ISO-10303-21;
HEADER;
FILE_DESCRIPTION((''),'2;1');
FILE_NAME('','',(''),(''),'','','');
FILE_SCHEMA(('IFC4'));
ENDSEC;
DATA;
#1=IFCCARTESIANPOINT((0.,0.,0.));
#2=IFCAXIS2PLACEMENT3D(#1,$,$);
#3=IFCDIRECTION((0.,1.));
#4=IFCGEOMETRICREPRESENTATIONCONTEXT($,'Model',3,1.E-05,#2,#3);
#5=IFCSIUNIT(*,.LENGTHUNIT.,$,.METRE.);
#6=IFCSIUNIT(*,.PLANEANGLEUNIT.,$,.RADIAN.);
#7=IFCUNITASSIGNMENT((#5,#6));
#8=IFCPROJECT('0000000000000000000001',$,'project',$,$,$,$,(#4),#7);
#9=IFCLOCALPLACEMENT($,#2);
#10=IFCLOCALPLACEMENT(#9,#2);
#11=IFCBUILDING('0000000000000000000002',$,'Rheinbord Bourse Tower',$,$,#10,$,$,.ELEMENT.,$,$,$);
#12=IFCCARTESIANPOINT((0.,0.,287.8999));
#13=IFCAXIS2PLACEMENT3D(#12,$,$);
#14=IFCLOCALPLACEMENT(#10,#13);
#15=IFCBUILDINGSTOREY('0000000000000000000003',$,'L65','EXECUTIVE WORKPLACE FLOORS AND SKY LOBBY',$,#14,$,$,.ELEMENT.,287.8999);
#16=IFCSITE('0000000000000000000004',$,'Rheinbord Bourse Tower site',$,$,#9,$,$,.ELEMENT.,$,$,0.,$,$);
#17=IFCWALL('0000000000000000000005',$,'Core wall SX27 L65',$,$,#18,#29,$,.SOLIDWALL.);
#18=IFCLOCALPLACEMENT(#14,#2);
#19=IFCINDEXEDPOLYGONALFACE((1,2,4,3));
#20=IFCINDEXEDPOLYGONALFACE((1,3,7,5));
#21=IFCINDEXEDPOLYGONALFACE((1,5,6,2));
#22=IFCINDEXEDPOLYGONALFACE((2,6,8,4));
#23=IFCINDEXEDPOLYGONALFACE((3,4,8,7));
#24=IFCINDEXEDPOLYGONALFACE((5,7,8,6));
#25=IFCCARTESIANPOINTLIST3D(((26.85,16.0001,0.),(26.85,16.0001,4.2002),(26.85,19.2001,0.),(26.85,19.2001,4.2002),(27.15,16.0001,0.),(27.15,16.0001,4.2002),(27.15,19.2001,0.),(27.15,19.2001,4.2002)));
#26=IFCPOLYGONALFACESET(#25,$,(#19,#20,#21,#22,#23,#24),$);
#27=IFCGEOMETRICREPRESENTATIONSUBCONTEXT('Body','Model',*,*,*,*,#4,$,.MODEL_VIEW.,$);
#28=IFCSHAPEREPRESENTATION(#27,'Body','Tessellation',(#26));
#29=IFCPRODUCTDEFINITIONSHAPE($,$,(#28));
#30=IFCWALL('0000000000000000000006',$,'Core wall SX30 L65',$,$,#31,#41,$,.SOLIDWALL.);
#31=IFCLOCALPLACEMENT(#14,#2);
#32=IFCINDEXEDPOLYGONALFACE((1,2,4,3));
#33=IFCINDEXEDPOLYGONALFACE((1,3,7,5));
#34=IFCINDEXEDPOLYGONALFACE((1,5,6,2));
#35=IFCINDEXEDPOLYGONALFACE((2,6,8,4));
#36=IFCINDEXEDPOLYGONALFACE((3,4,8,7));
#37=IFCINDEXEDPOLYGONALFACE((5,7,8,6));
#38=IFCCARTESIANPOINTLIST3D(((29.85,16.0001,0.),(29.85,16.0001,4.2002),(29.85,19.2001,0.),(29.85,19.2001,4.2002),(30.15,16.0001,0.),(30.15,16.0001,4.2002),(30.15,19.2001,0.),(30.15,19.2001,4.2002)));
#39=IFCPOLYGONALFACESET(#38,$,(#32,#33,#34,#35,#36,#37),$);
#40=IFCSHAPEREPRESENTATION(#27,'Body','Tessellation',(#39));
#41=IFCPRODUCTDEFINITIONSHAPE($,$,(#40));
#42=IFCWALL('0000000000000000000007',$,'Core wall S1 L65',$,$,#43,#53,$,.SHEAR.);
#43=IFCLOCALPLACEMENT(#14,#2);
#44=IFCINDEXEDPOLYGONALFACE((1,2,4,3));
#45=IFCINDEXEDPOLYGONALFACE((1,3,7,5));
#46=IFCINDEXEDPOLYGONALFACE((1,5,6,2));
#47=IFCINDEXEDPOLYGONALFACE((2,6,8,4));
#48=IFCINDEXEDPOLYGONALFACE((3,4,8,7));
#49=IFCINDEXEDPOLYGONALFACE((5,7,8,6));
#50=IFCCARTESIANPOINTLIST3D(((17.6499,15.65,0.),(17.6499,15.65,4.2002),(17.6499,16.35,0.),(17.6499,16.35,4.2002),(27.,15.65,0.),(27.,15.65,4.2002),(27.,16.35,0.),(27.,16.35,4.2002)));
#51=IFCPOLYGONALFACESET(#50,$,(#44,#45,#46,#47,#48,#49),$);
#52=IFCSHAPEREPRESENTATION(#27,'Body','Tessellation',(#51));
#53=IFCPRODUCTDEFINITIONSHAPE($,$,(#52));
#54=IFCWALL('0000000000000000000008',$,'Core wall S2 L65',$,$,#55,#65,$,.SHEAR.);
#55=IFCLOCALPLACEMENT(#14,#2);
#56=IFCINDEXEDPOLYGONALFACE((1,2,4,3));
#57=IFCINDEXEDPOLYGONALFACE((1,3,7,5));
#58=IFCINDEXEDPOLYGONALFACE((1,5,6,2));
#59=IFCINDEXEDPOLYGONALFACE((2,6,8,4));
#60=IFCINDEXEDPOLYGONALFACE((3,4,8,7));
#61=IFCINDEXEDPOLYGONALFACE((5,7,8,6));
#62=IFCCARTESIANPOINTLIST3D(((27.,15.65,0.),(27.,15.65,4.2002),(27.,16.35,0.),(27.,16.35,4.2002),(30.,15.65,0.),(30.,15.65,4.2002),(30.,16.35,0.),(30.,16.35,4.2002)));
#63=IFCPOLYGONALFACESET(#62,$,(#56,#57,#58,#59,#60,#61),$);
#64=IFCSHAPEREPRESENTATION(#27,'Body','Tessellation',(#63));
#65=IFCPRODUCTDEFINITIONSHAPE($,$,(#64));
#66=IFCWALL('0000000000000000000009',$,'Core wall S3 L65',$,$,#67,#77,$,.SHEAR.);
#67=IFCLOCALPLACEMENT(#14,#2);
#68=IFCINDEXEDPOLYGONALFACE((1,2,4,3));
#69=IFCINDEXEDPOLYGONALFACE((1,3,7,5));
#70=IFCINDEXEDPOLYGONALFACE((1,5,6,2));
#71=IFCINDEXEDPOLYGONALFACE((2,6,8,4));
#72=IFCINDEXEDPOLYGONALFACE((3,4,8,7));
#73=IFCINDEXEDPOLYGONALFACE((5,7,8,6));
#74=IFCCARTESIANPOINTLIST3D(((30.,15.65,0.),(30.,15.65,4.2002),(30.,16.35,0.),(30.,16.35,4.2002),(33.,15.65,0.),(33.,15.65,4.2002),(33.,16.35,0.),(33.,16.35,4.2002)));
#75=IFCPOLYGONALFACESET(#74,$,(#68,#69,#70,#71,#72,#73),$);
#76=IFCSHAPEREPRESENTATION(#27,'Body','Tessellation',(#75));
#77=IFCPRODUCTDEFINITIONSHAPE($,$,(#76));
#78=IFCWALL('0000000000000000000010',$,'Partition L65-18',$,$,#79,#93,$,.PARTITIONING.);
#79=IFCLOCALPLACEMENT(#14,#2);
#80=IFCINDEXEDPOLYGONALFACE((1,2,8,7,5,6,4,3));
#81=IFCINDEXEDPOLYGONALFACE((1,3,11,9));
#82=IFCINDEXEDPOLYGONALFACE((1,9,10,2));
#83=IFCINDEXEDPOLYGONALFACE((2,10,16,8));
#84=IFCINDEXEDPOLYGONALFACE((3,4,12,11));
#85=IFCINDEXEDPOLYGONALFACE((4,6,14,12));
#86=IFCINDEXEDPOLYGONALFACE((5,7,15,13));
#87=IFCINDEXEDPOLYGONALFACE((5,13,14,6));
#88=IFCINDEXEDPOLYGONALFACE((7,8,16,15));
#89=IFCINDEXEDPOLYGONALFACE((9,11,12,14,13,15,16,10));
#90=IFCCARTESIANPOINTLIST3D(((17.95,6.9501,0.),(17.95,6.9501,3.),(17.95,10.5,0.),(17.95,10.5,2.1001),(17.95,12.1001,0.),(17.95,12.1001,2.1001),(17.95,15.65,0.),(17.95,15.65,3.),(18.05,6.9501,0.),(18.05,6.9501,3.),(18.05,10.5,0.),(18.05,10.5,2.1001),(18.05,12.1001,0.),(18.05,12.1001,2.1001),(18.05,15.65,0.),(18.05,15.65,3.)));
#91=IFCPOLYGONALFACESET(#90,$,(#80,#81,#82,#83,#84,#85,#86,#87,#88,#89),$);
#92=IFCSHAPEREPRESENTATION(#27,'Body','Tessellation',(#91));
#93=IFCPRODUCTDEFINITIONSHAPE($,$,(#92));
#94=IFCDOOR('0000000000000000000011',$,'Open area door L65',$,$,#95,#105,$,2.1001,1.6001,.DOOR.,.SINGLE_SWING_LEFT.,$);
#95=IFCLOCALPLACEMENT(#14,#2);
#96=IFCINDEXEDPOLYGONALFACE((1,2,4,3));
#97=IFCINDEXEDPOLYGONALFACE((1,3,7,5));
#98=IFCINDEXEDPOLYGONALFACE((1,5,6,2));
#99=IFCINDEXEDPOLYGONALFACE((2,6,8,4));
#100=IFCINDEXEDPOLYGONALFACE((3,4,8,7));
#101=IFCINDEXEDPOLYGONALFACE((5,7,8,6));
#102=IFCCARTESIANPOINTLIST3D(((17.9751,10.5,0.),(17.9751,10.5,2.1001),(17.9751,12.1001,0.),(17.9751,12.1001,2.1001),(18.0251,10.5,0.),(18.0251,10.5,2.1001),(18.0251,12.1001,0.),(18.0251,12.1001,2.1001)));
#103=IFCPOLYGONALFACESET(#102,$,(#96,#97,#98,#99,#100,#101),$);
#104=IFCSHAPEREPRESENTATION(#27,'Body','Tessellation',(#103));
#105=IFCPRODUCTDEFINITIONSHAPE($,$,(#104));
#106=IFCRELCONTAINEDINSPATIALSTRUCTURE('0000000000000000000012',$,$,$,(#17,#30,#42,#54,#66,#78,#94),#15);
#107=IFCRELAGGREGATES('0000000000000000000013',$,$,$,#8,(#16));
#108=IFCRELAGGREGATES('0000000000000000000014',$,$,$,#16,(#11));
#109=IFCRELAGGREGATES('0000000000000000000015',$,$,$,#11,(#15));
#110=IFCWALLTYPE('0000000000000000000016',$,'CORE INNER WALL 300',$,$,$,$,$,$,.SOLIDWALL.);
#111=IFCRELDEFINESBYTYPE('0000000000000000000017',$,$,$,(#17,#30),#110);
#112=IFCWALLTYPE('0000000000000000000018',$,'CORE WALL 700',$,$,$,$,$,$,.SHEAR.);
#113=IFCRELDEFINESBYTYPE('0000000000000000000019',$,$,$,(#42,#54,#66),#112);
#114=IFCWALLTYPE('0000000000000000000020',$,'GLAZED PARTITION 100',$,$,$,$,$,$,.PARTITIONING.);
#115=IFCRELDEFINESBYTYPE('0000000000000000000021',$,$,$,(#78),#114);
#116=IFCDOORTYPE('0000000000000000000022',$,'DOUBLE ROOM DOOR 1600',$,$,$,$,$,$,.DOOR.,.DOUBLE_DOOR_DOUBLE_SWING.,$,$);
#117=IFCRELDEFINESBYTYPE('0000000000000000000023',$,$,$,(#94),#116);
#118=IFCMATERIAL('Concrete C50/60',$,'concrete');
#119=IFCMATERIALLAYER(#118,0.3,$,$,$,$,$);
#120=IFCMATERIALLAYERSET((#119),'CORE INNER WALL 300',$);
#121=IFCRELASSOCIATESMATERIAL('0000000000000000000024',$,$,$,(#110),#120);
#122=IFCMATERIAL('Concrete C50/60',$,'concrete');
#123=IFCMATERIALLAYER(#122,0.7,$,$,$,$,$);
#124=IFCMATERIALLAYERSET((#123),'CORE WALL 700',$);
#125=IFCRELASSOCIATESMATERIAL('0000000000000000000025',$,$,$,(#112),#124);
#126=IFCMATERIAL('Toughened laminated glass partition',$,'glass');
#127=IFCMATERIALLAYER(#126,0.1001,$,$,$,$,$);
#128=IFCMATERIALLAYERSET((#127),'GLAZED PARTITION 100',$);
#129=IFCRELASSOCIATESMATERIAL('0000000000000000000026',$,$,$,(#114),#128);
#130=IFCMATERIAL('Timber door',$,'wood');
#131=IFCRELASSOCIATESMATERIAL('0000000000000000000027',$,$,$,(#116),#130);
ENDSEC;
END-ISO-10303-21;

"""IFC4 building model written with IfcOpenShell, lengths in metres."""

from ifc_helpers import new_model, si_unit, direction, frame, frame_2d, origin, place, context, subcontext, project, spatial, rectangle, extrude, material, layer, layer_set, type_object, element, fill, save


model = new_model("IFC4")

# Units and contexts
model_context = context("Model", 3, precision=1e-05, world=origin(), true_north=direction((0.0, 1.0)))
body_context = subcontext(model_context, "Body", "Model", "MODEL_VIEW")
ifc_project = project(units=[si_unit("LENGTHUNIT", "METRE"), si_unit("PLANEANGLEUNIT", "RADIAN")], contexts=[model_context])

# Site, building, storey
site_placement = place(None, origin())
site = spatial("IfcSite", under=ifc_project, at=site_placement, Name="Rheinbord Bourse Tower site", CompositionType="ELEMENT", RefElevation=0.0)
building_placement = place(site_placement, origin())
building = spatial("IfcBuilding", under=site, at=building_placement, Name="Rheinbord Bourse Tower", CompositionType="ELEMENT")
storey_placement = place(building_placement, frame((0.0, 0.0, 287.8999)))
storey = spatial("IfcBuildingStorey", under=building, at=storey_placement, Name="L65", Description="EXECUTIVE WORKPLACE FLOORS AND SKY LOBBY", CompositionType="ELEMENT", Elevation=287.8999)

# Walls
ifc_material_1 = material(Name="Concrete C50/60", Category="concrete")
ifc_layer_1 = layer(ifc_material_1, 0.3)
ifc_layer_set_1 = layer_set([ifc_layer_1], Name="CORE INNER WALL 300")
wall_type_1 = type_object("IfcWallType", Name="CORE INNER WALL 300", PredefinedType="SOLIDWALL", material=ifc_layer_set_1)
for number, where, z_axis, x_axis, name in (
    (1, (27.0, 16.0, 0.0), (0.0, 0.0, 1.0), (0.0, 1.0, 0.0), "Core wall SX27 L65"),
    (2, (30.0, 16.0, 0.0), (0.0, 0.0, 1.0), (0.0, 1.0, 0.0), "Core wall SX30 L65"),
):
    element("IfcWall", number, at=place(storey_placement, frame(where, z_axis=z_axis, x_axis=x_axis)), inside=storey, type_object=wall_type_1, Name=name, PredefinedType="SOLIDWALL", context=body_context, shape_type="SweptSolid", body=[
        extrude(rectangle(XDim=3.2, YDim=0.3, at=frame_2d((1.6001, 0.0))), origin(), (0.0, 0.0, 1.0), 4.2002),
    ])
ifc_material_2 = material(Name="Concrete C50/60", Category="concrete")
ifc_layer_2 = layer(ifc_material_2, 0.7)
ifc_layer_set_2 = layer_set([ifc_layer_2], Name="CORE WALL 700")
wall_type_2 = type_object("IfcWallType", Name="CORE WALL 700", PredefinedType="SHEAR", material=ifc_layer_set_2)
wall_1_placement = place(storey_placement, frame((17.6499, 16.0, 0.0), z_axis=(0.0, 0.0, 1.0), x_axis=(1.0, 0.0, 0.0)))
element("IfcWall", 3, at=wall_1_placement, inside=storey, type_object=wall_type_2, Name="Core wall S1 L65", PredefinedType="SHEAR", context=body_context, shape_type="SweptSolid", body=[
    extrude(rectangle(XDim=9.3501, YDim=0.7, at=frame_2d((4.675, 0.0))), origin(), (0.0, 0.0, 1.0), 4.2002),
])
for number, where, z_axis, x_axis, name in (
    (4, (27.0, 16.0, 0.0), (0.0, 0.0, 1.0), (1.0, 0.0, 0.0), "Core wall S2 L65"),
    (5, (30.0, 16.0, 0.0), (0.0, 0.0, 1.0), (1.0, 0.0, 0.0), "Core wall S3 L65"),
):
    element("IfcWall", number, at=place(storey_placement, frame(where, z_axis=z_axis, x_axis=x_axis)), inside=storey, type_object=wall_type_2, Name=name, PredefinedType="SHEAR", context=body_context, shape_type="SweptSolid", body=[
        extrude(rectangle(XDim=3.0, YDim=0.7, at=frame_2d((1.5, 0.0))), origin(), (0.0, 0.0, 1.0), 4.2002),
    ])

# Wall, opening, door
ifc_material_3 = material(Name="Toughened laminated glass partition", Category="glass")
ifc_layer_3 = layer(ifc_material_3, 0.1001)
ifc_layer_set_3 = layer_set([ifc_layer_3], Name="GLAZED PARTITION 100")
wall_type_3 = type_object("IfcWallType", Name="GLAZED PARTITION 100", PredefinedType="PARTITIONING", material=ifc_layer_set_3)
wall_2_placement = place(storey_placement, frame((18.0, 6.95, 0.0), z_axis=(0.0, 0.0, 1.0), x_axis=(0.0, 1.0, 0.0)))
wall_2 = element("IfcWall", 6, at=wall_2_placement, inside=storey, type_object=wall_type_3, Name="Partition L65-18", PredefinedType="PARTITIONING", context=body_context, shape_type="SweptSolid", body=[
    extrude(rectangle(XDim=8.7, YDim=0.1001, at=frame_2d((4.3501, 0.0))), origin(), (0.0, 0.0, 1.0), 3.0),
])
opening_1_placement = place(wall_2_placement, frame((3.55, 0.0, 0.0)))
opening_1 = element("IfcOpeningElement", 7, at=opening_1_placement, cuts=wall_2, PredefinedType="OPENING", context=body_context, shape_type="SweptSolid", body=[
    extrude(rectangle(XDim=1.6001, YDim=2.1001, at=frame_2d((0.8, 1.05))), frame((0.0, 0.0601, 0.0), z_axis=(0.0, -1.0, 0.0), x_axis=(1.0, 0.0, 0.0)), (0.0, 0.0, 1.0), 0.1201),
])
ifc_material_4 = material(Name="Timber door", Category="wood")
door_type_1 = type_object("IfcDoorType", Name="DOUBLE ROOM DOOR 1600", OperationType="DOUBLE_DOOR_DOUBLE_SWING", PredefinedType="DOOR", material=ifc_material_4)
door_1_placement = place(opening_1_placement, origin())
door_1 = element("IfcDoor", 8, at=door_1_placement, inside=storey, type_object=door_type_1, Name="Open area door L65", OperationType="SINGLE_SWING_LEFT", OverallHeight=2.1001, OverallWidth=1.6001, PredefinedType="DOOR", context=body_context, shape_type="SweptSolid", body=[
    extrude(rectangle(XDim=1.6001, YDim=2.1001, at=frame_2d((0.8, 1.05))), frame((0.0, 0.0249, 0.0), z_axis=(0.0, -1.0, 0.0), x_axis=(1.0, 0.0, 0.0)), (0.0, 0.0, 1.0), 0.05),
])
fill(opening_1, door_1)

save(model, "model.ifc")
